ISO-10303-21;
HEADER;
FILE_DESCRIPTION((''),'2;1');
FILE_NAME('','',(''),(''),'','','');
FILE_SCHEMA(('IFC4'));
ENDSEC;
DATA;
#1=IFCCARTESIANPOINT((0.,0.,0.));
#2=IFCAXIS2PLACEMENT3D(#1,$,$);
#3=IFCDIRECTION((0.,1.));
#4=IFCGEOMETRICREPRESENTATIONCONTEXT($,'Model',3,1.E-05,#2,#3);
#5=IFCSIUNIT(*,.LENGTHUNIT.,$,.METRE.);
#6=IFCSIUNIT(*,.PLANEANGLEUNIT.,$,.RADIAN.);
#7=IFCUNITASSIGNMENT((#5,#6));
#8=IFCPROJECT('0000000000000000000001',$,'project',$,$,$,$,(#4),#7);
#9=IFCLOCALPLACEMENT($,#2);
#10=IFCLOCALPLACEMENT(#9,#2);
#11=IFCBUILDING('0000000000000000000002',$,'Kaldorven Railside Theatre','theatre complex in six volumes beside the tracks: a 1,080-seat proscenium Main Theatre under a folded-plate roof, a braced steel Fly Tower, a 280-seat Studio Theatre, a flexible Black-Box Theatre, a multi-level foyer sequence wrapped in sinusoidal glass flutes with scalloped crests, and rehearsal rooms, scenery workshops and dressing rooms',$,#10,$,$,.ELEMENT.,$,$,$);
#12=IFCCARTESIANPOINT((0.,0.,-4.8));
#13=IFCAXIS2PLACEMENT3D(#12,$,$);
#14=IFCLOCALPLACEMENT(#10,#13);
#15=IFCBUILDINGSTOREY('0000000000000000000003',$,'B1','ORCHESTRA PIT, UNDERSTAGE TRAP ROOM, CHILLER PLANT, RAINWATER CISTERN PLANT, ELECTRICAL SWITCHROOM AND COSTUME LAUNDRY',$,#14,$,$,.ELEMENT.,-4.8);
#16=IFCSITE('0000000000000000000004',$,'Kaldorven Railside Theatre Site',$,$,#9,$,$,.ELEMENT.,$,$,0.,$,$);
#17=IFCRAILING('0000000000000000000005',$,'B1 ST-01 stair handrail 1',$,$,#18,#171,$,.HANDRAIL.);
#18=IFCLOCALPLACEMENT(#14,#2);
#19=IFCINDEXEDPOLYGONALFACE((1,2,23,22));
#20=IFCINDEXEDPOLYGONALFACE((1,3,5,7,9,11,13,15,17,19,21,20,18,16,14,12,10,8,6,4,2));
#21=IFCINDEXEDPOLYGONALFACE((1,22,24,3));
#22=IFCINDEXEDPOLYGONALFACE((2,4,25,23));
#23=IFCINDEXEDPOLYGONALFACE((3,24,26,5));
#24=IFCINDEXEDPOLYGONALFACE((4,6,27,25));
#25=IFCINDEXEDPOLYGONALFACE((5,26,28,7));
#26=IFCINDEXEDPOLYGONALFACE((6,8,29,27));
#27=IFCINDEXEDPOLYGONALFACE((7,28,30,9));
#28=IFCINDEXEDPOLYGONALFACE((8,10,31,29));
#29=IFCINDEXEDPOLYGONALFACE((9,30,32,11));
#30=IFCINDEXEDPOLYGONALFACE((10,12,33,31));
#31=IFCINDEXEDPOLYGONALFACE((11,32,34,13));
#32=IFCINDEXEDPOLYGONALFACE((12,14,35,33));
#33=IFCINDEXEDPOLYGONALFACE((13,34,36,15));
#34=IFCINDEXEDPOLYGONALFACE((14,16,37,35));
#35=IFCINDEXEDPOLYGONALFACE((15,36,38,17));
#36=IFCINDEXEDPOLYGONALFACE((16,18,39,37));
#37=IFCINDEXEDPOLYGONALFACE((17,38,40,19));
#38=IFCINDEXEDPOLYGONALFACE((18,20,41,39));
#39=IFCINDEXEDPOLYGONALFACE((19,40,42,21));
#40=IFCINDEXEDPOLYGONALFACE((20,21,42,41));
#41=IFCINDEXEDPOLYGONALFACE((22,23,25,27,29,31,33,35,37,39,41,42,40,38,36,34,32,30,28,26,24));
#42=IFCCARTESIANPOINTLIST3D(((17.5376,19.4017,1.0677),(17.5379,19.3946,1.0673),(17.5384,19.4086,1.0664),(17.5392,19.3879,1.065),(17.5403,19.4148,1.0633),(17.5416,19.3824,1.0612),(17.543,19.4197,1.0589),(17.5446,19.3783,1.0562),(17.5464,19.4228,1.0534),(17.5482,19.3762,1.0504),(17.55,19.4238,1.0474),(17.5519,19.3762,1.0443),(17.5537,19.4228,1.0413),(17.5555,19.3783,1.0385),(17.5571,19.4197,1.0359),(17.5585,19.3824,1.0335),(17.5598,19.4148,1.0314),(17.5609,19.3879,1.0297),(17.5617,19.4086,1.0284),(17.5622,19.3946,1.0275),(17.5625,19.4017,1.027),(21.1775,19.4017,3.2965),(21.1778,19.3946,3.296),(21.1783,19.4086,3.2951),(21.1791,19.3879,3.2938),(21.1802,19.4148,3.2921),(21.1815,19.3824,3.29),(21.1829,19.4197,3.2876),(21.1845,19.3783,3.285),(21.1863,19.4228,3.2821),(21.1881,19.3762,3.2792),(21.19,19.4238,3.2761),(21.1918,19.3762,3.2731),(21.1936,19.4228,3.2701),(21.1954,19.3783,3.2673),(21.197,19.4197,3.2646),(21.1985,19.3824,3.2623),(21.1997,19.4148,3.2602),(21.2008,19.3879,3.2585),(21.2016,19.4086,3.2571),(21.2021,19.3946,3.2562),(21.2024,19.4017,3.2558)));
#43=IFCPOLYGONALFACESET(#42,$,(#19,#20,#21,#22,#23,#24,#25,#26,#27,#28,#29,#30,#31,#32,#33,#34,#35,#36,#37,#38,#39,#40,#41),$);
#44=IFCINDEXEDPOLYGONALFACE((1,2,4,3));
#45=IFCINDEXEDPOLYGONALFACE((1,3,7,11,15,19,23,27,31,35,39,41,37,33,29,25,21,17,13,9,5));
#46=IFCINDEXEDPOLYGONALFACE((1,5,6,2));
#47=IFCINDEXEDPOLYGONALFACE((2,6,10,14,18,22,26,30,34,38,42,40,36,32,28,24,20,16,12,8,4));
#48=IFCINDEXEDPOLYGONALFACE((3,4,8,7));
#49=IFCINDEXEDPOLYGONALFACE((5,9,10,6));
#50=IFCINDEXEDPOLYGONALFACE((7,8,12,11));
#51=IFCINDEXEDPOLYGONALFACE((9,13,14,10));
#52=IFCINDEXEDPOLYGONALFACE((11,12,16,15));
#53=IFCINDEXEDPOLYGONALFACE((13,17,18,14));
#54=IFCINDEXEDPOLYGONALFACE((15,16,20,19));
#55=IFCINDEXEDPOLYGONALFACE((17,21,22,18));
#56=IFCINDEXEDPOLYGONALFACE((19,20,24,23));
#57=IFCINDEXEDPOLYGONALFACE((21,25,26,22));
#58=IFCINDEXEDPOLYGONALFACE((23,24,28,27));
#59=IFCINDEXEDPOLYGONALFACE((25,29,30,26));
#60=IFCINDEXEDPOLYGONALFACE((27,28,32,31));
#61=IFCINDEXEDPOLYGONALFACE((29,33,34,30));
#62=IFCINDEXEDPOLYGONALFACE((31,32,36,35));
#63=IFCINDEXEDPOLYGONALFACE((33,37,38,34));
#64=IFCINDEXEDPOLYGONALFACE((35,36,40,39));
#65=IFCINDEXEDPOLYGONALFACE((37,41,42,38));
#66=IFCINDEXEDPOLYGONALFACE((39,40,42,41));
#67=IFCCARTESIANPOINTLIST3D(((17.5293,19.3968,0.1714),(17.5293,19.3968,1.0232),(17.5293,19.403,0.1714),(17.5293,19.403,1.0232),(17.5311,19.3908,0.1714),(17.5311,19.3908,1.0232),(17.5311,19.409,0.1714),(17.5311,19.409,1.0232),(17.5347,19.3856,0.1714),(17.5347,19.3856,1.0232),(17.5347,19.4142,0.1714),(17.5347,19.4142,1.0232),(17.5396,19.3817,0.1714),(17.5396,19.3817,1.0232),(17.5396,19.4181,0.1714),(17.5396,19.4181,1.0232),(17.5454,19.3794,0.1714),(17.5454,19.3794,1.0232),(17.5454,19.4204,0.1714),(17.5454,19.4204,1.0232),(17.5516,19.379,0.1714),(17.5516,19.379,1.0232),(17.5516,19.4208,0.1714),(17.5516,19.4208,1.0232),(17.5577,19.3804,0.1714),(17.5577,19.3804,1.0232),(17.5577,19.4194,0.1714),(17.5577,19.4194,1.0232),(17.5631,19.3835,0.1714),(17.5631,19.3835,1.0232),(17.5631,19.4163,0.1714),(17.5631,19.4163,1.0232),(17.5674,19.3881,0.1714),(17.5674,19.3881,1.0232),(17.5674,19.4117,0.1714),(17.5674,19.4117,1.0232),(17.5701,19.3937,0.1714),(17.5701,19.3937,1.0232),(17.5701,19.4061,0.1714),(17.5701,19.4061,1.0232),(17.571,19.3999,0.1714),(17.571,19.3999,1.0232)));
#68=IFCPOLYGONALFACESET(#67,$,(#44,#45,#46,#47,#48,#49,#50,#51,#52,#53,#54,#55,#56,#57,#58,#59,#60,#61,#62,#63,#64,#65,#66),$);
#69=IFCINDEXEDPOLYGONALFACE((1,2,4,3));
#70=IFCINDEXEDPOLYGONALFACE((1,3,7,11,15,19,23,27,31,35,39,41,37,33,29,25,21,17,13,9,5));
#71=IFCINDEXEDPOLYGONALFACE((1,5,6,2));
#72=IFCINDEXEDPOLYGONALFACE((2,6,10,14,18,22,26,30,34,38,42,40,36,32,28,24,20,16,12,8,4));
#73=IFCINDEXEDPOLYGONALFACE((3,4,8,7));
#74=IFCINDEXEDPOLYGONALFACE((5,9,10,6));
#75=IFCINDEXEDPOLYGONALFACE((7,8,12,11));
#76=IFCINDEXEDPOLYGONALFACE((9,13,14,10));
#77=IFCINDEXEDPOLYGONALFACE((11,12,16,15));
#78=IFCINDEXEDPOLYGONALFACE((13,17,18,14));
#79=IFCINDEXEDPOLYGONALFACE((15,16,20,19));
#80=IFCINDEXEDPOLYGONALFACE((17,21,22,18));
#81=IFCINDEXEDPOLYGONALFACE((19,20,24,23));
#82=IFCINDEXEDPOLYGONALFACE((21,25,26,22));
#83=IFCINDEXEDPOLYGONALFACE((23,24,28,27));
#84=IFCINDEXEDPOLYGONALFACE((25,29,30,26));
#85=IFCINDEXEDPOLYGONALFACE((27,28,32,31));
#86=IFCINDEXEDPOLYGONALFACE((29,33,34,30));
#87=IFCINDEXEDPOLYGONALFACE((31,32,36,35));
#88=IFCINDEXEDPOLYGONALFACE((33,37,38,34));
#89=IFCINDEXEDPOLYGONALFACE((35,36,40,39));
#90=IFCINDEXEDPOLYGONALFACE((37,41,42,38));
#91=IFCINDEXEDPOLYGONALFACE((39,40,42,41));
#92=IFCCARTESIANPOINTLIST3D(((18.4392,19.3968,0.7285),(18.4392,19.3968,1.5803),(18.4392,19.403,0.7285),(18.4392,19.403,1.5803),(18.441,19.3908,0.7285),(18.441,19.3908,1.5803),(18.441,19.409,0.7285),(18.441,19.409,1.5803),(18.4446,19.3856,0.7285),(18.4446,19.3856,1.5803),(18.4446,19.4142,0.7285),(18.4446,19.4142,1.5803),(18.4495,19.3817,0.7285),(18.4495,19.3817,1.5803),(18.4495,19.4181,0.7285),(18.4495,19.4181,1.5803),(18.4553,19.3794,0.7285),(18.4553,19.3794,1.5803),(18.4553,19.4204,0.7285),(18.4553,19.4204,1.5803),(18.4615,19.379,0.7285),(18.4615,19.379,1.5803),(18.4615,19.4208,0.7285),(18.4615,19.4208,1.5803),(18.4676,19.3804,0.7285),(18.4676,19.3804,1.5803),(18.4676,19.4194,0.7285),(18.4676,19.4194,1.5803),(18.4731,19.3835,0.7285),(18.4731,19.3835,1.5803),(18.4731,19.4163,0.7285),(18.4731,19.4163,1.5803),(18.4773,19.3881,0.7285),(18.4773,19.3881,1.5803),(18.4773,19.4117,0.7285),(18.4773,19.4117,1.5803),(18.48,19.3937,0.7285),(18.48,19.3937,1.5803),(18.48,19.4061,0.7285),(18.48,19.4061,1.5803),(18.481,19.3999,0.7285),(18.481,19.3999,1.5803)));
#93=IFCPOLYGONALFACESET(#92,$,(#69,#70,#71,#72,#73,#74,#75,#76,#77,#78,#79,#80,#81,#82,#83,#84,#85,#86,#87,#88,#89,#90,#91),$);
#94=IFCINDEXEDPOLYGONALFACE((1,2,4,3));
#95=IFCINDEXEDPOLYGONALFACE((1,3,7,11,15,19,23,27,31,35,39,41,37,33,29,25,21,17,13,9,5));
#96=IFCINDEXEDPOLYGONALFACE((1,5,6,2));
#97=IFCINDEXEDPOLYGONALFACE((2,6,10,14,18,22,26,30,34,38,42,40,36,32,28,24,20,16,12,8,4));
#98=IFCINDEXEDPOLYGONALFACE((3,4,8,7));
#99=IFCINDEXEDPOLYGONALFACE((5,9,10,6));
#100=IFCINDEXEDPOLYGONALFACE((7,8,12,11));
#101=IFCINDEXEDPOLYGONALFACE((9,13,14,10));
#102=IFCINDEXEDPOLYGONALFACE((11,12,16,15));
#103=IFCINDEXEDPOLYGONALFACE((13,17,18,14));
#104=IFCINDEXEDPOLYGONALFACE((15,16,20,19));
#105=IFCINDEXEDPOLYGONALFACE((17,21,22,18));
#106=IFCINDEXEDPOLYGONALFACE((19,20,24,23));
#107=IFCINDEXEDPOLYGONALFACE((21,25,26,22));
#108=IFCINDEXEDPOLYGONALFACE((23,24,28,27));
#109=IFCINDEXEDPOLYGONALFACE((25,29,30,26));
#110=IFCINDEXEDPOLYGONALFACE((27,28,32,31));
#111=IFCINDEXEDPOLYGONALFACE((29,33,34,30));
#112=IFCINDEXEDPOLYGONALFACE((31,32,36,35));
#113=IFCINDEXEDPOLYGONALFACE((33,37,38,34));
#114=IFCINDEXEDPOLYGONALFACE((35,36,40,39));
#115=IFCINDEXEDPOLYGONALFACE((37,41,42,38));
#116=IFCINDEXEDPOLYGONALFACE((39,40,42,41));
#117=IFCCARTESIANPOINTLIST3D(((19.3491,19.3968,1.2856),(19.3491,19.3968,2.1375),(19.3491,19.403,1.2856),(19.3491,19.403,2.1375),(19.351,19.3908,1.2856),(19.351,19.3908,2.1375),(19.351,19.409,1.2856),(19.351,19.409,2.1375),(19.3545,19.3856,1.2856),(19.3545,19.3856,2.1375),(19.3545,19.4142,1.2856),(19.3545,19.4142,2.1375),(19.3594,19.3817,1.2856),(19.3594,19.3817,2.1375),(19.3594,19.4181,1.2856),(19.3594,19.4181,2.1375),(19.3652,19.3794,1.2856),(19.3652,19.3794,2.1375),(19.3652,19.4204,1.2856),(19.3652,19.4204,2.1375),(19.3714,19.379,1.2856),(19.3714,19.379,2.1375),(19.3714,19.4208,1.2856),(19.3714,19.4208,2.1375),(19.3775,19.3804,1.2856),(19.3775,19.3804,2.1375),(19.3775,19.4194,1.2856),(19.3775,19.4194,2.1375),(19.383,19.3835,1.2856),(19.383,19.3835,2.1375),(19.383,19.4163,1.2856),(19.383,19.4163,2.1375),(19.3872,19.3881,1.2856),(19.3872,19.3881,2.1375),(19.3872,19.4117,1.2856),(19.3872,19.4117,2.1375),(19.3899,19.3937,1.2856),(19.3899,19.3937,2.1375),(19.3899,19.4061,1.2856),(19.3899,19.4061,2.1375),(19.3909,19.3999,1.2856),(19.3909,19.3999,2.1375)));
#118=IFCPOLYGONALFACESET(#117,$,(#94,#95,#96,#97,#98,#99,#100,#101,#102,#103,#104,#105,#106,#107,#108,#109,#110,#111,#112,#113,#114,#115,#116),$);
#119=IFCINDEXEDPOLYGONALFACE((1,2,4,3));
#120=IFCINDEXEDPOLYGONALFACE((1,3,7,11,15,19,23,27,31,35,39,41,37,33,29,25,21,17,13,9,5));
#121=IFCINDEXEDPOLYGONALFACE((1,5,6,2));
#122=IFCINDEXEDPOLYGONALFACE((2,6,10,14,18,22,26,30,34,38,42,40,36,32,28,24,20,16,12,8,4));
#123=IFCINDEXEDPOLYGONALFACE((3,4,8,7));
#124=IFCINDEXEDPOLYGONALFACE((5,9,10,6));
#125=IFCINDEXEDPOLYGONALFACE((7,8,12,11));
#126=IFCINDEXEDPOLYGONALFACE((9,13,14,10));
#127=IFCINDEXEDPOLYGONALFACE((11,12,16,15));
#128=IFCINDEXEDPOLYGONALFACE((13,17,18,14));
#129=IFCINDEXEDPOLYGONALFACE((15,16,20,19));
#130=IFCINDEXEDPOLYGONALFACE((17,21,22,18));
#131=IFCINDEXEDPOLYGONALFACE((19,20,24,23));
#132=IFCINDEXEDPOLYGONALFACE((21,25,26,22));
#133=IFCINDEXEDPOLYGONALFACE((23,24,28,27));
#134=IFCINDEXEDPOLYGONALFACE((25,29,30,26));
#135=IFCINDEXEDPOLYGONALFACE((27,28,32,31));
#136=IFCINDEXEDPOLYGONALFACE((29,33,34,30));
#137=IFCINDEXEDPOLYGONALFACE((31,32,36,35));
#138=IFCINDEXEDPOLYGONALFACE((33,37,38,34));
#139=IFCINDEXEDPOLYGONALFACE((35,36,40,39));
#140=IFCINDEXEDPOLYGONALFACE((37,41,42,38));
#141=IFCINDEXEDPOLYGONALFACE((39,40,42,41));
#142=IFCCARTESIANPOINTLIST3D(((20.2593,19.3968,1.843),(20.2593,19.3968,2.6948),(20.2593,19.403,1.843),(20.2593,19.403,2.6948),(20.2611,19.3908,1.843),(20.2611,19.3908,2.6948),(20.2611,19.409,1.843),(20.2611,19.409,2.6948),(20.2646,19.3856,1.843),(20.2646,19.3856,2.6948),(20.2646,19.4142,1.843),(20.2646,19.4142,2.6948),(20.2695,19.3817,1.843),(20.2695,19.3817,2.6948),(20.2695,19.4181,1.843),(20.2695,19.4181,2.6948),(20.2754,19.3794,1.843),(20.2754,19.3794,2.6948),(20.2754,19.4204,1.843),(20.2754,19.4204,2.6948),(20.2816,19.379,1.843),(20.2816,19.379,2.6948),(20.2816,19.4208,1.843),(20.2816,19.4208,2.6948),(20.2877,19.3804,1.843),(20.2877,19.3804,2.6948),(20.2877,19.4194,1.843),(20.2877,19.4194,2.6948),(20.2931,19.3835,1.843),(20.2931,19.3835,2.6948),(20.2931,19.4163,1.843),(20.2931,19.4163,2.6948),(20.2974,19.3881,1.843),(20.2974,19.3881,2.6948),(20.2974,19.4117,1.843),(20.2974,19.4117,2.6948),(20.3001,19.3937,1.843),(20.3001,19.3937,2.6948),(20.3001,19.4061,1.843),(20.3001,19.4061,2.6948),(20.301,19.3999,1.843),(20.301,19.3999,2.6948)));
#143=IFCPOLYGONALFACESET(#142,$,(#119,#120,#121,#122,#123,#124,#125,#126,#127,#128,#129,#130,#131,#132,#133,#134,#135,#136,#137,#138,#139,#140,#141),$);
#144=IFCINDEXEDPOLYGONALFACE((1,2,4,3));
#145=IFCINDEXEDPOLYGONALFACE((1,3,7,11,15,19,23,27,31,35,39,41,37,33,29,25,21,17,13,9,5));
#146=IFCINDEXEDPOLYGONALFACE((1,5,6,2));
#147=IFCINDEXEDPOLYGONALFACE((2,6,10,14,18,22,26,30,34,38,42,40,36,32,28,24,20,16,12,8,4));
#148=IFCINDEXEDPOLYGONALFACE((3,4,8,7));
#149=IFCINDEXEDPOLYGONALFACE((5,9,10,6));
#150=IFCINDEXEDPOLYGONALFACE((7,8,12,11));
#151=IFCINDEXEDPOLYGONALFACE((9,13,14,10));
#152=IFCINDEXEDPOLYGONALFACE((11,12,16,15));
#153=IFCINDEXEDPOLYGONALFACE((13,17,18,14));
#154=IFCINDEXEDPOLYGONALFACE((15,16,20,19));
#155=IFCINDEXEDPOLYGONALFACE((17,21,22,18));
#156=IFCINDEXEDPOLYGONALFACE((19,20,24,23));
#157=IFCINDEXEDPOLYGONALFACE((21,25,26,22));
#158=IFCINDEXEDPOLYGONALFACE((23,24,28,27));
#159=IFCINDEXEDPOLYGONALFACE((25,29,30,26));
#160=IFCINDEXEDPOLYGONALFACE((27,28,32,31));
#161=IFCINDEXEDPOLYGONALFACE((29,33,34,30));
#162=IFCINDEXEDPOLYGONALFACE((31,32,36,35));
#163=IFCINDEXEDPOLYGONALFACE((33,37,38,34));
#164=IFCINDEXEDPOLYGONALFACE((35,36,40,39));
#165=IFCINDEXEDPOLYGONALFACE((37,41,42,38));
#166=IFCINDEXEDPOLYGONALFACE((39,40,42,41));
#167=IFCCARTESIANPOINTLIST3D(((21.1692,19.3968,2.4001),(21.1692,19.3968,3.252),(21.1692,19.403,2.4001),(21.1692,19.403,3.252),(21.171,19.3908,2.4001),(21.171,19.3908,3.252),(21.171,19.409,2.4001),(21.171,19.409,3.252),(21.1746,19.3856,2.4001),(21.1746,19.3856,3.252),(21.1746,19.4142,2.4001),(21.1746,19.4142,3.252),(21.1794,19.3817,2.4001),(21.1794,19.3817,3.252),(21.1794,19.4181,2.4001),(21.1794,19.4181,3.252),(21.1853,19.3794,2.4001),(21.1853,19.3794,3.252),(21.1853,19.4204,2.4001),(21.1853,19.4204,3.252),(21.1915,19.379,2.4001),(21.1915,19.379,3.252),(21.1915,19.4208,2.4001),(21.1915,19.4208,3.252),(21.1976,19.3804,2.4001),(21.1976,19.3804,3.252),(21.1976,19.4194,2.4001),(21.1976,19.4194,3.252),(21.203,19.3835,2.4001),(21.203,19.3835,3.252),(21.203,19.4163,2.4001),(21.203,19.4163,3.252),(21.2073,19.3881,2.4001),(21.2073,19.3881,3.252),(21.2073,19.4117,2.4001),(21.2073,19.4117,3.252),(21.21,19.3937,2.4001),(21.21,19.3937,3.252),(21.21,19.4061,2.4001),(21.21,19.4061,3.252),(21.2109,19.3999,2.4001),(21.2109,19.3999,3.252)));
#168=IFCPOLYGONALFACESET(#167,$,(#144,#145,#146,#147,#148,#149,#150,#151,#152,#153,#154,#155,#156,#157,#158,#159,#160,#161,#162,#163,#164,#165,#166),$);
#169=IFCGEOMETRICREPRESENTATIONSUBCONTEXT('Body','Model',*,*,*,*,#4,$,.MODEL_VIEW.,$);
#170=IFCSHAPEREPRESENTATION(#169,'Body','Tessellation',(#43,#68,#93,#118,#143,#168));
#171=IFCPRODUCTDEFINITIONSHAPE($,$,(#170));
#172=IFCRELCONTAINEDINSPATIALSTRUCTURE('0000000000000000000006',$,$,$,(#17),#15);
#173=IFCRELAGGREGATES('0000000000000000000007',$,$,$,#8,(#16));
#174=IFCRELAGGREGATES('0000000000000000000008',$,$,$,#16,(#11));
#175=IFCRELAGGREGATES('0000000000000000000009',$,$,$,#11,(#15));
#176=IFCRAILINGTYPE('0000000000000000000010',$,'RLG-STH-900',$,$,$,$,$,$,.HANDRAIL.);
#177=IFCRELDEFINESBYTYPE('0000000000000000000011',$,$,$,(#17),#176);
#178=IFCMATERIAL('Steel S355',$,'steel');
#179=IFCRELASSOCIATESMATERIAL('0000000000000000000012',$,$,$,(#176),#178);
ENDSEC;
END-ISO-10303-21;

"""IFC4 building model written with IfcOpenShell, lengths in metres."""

from ifc_helpers import new_model, si_unit, direction, frame, origin, origin_2d, place, context, subcontext, project, spatial, circle, extrude, material, type_object, element, save


model = new_model("IFC4")

# Units and contexts
model_context = context("Model", 3, precision=1e-05, world=origin(), true_north=direction((0.0, 1.0)))
body_context = subcontext(model_context, "Body", "Model", "MODEL_VIEW")
ifc_project = project(units=[si_unit("LENGTHUNIT", "METRE"), si_unit("PLANEANGLEUNIT", "RADIAN")], contexts=[model_context])

# Site, building, storey
site_placement = place(None, origin())
site = spatial("IfcSite", under=ifc_project, at=site_placement, Name="Kaldorven Railside Theatre Site", CompositionType="ELEMENT", RefElevation=0.0)
building_placement = place(site_placement, origin())
building = spatial("IfcBuilding", under=site, at=building_placement, Name="Kaldorven Railside Theatre", Description="theatre complex in six volumes beside the tracks: a 1,080-seat proscenium Main Theatre under a folded-plate roof, a braced steel Fly Tower, a 280-seat Studio Theatre, a flexible Black-Box Theatre, a multi-level foyer sequence wrapped in sinusoidal glass flutes with scalloped crests, and rehearsal rooms, scenery workshops and dressing rooms", CompositionType="ELEMENT")
storey_placement = place(building_placement, frame((0.0, 0.0, -4.8)))
storey = spatial("IfcBuildingStorey", under=building, at=storey_placement, Name="B1", Description="ORCHESTRA PIT, UNDERSTAGE TRAP ROOM, CHILLER PLANT, RAINWATER CISTERN PLANT, ELECTRICAL SWITCHROOM AND COSTUME LAUNDRY", CompositionType="ELEMENT", Elevation=-4.8)

# Railing
ifc_material_1 = material(Name="Steel S355", Category="steel")
railing_type_1 = type_object("IfcRailingType", Name="RLG-STH-900", PredefinedType="HANDRAIL", material=ifc_material_1)
railing_1_placement = place(storey_placement, frame((17.55, 19.3999, 0.1714)))
element("IfcRailing", 1, at=railing_1_placement, inside=storey, type_object=railing_type_1, Name="B1 ST-01 stair handrail 1", PredefinedType="HANDRAIL", context=body_context, shape_type="SweptSolid", body=[
    extrude(circle(Radius=0.0239, at=origin_2d()), frame((0.0, 0.0, 0.876), z_axis=(0.852825, 0.0, 0.522197), x_axis=(0.0, 1.0, 0.0)), (0.0, 0.0, 1.0), 4.2681),
    extrude(circle(Radius=0.021, at=origin_2d()), origin(), (0.0, 0.0, 1.0), 0.8518),
    extrude(circle(Radius=0.021, at=origin_2d()), frame((0.9099, 0.0, 0.5571)), (0.0, 0.0, 1.0), 0.8518),
    extrude(circle(Radius=0.021, at=origin_2d()), frame((1.8198, 0.0, 1.1143)), (0.0, 0.0, 1.0), 0.8518),
    extrude(circle(Radius=0.021, at=origin_2d()), frame((2.73, 0.0, 1.6716)), (0.0, 0.0, 1.0), 0.8518),
    extrude(circle(Radius=0.021, at=origin_2d()), frame((3.6399, 0.0, 2.2288)), (0.0, 0.0, 1.0), 0.8518),
])

save(model, "model.ifc")
